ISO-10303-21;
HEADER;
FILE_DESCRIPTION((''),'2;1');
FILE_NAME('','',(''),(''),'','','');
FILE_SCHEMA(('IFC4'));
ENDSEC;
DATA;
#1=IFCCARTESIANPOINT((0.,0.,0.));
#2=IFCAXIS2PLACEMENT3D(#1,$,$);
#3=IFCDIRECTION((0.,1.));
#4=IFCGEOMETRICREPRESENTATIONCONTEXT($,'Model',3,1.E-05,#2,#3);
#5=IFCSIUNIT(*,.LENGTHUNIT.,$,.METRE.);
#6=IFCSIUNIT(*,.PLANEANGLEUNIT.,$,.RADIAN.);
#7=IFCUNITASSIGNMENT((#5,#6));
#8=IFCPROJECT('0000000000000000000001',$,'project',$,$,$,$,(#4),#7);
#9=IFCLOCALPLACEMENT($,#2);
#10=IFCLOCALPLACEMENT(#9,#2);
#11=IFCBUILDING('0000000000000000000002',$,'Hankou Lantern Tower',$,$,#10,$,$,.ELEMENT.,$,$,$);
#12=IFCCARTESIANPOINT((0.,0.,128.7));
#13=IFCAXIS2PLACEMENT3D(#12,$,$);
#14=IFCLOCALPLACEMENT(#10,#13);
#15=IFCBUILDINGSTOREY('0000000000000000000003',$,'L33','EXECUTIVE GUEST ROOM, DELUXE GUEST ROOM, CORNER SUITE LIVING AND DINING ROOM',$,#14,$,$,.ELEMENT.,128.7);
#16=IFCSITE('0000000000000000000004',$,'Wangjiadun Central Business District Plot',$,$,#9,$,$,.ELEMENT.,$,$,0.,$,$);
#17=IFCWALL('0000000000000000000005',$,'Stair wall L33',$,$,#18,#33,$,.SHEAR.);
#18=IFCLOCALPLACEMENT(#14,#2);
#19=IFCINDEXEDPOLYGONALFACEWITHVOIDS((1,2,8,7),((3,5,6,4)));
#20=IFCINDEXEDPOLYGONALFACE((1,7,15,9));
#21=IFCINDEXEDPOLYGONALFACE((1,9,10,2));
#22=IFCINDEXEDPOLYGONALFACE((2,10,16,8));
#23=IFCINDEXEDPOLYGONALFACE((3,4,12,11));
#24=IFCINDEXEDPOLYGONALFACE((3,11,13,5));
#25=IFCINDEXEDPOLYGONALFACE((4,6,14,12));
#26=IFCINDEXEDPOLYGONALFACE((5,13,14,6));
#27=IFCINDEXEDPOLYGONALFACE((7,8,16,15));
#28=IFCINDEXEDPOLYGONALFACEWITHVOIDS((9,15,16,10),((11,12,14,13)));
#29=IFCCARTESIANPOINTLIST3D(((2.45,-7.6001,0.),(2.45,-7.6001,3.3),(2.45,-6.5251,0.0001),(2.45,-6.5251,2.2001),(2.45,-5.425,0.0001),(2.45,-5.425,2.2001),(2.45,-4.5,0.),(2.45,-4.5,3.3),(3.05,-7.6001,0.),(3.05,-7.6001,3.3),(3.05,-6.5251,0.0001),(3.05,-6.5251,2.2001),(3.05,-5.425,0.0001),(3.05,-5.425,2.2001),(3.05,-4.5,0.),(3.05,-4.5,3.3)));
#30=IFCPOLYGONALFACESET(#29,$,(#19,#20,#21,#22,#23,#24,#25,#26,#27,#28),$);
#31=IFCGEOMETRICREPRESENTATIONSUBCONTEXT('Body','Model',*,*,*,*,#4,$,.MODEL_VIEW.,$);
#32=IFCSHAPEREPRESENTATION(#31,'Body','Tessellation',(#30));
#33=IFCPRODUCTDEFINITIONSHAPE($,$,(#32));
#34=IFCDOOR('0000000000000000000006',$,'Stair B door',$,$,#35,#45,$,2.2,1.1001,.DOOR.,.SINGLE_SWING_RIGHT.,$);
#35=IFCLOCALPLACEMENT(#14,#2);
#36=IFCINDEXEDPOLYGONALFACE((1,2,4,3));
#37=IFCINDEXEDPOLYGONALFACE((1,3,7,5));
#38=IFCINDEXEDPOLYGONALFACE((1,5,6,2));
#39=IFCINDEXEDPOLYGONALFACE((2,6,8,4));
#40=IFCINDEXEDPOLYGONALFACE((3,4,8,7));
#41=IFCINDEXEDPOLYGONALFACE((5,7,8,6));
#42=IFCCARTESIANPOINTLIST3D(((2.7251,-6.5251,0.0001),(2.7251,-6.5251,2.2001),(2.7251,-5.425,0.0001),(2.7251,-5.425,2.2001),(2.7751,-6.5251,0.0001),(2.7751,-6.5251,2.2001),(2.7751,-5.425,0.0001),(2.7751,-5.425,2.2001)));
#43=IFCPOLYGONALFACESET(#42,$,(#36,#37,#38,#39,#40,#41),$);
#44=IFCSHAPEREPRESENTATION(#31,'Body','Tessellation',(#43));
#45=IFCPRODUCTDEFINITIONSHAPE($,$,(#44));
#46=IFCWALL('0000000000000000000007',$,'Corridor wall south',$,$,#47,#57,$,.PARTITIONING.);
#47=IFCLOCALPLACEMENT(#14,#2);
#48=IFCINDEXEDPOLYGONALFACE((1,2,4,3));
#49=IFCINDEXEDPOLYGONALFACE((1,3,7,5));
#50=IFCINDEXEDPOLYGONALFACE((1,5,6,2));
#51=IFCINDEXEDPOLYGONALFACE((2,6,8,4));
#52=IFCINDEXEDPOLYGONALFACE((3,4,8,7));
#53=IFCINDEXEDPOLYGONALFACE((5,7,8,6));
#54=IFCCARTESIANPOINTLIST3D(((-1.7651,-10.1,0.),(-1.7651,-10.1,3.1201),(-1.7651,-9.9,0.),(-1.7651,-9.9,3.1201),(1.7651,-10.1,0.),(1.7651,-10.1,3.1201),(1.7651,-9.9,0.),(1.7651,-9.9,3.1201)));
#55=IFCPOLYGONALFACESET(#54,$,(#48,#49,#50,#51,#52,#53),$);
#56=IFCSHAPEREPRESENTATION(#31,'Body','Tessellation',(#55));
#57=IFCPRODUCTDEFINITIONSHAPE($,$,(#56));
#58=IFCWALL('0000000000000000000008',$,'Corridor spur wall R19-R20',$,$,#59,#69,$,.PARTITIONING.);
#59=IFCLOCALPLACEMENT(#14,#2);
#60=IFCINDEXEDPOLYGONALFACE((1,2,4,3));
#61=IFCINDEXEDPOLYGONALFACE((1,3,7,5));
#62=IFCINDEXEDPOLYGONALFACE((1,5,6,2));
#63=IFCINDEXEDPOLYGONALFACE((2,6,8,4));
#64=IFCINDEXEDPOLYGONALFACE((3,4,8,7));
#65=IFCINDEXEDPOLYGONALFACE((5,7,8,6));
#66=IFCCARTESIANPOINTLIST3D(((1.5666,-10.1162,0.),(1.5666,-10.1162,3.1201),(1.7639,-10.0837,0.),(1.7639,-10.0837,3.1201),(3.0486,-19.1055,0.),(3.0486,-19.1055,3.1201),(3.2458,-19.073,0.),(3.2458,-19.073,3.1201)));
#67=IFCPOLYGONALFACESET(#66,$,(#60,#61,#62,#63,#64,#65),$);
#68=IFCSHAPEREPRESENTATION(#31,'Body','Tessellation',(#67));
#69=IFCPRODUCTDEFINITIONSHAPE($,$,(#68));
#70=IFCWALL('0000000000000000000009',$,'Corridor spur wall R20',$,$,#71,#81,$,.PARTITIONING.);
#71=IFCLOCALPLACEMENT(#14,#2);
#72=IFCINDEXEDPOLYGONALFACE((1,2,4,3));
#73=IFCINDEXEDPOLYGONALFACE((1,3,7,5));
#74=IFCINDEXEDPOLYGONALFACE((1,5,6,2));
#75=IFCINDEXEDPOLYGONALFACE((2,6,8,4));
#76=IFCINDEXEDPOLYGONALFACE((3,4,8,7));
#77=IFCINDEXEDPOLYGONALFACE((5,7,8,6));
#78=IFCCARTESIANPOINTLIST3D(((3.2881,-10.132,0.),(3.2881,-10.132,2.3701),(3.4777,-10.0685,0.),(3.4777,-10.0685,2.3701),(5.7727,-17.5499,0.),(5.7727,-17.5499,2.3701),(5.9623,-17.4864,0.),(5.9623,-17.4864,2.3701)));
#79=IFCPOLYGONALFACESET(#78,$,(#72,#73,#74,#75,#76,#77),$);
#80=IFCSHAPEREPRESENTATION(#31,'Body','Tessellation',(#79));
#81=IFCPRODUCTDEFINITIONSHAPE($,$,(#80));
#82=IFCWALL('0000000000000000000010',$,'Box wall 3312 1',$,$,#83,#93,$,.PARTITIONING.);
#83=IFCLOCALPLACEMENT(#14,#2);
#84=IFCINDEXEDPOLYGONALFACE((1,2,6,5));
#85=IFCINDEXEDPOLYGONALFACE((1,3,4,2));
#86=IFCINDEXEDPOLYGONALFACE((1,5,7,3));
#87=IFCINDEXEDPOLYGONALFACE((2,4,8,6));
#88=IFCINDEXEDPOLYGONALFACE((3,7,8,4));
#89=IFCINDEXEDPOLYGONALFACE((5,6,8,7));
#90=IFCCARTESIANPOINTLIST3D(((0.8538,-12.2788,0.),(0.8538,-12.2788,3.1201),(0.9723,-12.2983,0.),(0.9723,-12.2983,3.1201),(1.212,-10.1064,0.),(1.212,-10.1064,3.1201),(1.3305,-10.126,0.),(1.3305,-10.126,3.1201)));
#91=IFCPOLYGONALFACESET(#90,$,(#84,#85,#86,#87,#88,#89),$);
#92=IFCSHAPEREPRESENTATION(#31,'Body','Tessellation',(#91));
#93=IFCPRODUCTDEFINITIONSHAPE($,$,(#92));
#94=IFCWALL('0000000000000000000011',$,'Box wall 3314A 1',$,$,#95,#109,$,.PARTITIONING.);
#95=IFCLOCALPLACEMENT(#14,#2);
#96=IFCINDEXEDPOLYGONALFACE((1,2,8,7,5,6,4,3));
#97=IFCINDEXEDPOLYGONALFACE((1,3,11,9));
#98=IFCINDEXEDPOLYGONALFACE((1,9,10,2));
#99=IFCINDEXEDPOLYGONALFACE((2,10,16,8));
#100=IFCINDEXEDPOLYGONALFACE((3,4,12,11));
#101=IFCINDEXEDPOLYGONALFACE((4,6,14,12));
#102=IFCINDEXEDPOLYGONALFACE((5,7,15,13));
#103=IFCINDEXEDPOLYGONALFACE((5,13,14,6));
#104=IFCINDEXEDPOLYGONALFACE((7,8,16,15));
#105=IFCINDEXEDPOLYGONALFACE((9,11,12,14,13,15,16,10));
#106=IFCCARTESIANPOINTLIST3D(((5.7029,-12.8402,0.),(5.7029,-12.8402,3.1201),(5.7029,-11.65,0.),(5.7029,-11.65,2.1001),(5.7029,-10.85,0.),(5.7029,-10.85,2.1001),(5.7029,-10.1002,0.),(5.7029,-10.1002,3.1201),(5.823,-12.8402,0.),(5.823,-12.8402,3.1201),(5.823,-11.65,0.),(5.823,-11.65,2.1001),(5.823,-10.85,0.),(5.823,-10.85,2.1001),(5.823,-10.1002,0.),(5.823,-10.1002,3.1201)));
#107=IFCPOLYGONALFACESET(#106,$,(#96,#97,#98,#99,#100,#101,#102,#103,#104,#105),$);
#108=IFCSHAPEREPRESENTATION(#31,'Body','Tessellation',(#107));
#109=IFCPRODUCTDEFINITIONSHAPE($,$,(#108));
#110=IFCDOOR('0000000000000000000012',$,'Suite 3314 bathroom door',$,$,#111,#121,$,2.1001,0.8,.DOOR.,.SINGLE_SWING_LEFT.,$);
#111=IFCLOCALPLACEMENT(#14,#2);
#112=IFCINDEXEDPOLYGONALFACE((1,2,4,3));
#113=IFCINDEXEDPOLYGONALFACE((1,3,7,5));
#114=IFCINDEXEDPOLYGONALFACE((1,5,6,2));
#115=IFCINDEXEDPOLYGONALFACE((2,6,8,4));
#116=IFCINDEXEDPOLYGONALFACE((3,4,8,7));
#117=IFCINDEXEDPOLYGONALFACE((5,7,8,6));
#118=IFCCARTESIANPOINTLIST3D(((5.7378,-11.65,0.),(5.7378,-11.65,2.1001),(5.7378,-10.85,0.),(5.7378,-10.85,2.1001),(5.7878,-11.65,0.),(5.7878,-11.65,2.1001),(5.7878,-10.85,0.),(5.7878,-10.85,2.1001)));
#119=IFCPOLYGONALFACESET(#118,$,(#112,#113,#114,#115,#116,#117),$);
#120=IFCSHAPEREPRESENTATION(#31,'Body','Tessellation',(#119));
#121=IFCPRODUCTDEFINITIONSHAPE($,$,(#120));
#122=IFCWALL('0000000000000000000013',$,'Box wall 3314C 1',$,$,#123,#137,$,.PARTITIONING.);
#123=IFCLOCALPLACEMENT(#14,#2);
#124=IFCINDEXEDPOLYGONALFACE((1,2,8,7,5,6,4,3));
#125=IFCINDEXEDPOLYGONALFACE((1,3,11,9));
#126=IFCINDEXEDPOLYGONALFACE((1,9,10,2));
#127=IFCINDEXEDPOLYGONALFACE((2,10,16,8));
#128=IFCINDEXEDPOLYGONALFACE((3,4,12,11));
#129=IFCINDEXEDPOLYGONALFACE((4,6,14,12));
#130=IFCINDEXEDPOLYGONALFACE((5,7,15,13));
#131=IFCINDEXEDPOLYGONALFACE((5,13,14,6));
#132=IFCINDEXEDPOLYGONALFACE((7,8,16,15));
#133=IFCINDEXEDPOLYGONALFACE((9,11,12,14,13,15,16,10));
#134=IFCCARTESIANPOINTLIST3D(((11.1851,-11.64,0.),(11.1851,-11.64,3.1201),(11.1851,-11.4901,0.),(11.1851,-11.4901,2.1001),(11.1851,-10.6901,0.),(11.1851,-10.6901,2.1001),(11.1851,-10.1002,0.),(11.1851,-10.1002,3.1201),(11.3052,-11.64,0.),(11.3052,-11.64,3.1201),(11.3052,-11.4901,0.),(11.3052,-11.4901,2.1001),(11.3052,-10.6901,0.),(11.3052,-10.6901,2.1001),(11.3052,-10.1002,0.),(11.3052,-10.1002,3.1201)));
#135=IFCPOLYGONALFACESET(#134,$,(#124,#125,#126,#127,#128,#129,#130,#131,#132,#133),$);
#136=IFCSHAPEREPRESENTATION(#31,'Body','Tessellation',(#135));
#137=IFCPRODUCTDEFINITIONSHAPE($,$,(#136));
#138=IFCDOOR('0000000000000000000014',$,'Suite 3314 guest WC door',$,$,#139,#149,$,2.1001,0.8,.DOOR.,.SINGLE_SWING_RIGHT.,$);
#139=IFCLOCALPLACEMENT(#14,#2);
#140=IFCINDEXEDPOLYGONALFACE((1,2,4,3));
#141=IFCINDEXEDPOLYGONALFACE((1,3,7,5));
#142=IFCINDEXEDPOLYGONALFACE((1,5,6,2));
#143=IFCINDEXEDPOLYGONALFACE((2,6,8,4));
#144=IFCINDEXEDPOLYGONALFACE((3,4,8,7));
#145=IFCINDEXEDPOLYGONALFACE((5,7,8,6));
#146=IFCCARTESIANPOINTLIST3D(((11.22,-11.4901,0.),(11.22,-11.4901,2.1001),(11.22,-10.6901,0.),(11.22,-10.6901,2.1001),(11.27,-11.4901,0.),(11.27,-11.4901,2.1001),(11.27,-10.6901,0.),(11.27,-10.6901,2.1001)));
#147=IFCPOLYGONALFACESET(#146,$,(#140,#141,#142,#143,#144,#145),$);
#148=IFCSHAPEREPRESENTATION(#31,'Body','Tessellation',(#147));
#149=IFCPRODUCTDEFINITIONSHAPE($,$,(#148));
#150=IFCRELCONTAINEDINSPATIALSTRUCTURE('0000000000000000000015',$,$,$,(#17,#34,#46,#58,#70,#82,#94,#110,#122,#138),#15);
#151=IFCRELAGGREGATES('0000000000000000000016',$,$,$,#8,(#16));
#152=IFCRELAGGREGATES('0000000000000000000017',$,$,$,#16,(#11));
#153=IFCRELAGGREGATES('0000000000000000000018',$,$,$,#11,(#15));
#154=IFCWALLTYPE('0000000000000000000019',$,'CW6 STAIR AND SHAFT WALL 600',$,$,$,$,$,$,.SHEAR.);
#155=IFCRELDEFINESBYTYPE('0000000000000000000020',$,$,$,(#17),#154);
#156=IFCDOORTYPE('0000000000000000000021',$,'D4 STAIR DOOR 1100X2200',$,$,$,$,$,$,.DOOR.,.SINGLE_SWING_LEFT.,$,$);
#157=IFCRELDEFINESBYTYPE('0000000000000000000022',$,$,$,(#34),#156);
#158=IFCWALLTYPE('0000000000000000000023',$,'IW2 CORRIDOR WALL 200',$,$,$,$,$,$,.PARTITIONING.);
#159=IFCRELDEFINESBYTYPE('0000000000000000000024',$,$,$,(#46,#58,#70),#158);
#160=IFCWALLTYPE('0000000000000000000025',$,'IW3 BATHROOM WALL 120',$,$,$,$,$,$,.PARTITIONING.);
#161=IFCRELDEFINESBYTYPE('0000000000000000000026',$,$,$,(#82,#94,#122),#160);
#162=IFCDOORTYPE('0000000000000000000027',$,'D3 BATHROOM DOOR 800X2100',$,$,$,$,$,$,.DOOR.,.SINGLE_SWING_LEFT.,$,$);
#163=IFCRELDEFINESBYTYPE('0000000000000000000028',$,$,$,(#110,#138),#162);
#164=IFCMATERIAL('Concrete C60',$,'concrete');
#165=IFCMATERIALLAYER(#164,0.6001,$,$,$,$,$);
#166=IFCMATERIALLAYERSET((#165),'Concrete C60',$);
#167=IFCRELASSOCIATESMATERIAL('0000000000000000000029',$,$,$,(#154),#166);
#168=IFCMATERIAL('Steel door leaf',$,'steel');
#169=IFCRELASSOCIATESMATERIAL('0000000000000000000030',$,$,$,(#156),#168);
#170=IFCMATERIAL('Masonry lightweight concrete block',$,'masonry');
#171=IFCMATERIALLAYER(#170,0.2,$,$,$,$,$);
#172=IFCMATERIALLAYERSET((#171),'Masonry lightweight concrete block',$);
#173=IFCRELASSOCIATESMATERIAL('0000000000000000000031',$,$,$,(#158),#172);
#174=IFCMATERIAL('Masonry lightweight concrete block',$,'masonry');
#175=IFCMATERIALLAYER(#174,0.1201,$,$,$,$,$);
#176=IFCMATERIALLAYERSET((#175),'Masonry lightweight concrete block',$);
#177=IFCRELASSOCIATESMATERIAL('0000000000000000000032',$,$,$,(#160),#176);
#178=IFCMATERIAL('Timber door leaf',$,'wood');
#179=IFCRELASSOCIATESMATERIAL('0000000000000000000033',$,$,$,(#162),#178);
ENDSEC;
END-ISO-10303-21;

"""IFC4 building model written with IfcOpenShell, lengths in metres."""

from ifc_helpers import new_model, si_unit, direction, frame, frame_2d, origin, place, context, subcontext, project, spatial, rectangle, extrude, material, layer, layer_set, type_object, element, fill, save


model = new_model("IFC4")

# Units and contexts
model_context = context("Model", 3, precision=1e-05, world=origin(), true_north=direction((0.0, 1.0)))
body_context = subcontext(model_context, "Body", "Model", "MODEL_VIEW")
ifc_project = project(units=[si_unit("LENGTHUNIT", "METRE"), si_unit("PLANEANGLEUNIT", "RADIAN")], contexts=[model_context])

# Site, building, storey
site_placement = place(None, origin())
site = spatial("IfcSite", under=ifc_project, at=site_placement, Name="Wangjiadun Central Business District Plot", CompositionType="ELEMENT", RefElevation=0.0)
building_placement = place(site_placement, origin())
building = spatial("IfcBuilding", under=site, at=building_placement, Name="Hankou Lantern Tower", CompositionType="ELEMENT")
storey_placement = place(building_placement, frame((0.0, 0.0, 128.7)))
storey = spatial("IfcBuildingStorey", under=building, at=storey_placement, Name="L33", Description="EXECUTIVE GUEST ROOM, DELUXE GUEST ROOM, CORNER SUITE LIVING AND DINING ROOM", CompositionType="ELEMENT", Elevation=128.7)

# Wall, opening, door
ifc_material_1 = material(Name="Concrete C60", Category="concrete")
ifc_layer_1 = layer(ifc_material_1, 0.6001)
ifc_layer_set_1 = layer_set([ifc_layer_1], Name="Concrete C60")
wall_type_1 = type_object("IfcWallType", Name="CW6 STAIR AND SHAFT WALL 600", PredefinedType="SHEAR", material=ifc_layer_set_1)
wall_1_placement = place(storey_placement, frame((2.75, -7.6001, 0.0), z_axis=(0.0, 0.0, 1.0), x_axis=(0.0, 1.0, 0.0)))
wall_1 = element("IfcWall", 1, at=wall_1_placement, inside=storey, type_object=wall_type_1, Name="Stair wall L33", PredefinedType="SHEAR", context=body_context, shape_type="SweptSolid", body=[
    extrude(rectangle(XDim=3.1001, YDim=0.6001, at=frame_2d((1.55, 0.0))), origin(), (0.0, 0.0, 1.0), 3.3),
])
opening_1_placement = place(wall_1_placement, frame((1.075, 0.0, 0.0)))
opening_1 = element("IfcOpeningElement", 2, at=opening_1_placement, cuts=wall_1, PredefinedType="OPENING", context=body_context, shape_type="SweptSolid", body=[
    extrude(rectangle(XDim=1.1001, YDim=2.2, at=frame_2d((0.55, 1.1001))), frame((0.0, 0.3101, 0.0), z_axis=(0.0, -1.0, 0.0), x_axis=(1.0, 0.0, 0.0)), (0.0, 0.0, 1.0), 0.6201),
])
ifc_material_2 = material(Name="Steel door leaf", Category="steel")
door_type_1 = type_object("IfcDoorType", Name="D4 STAIR DOOR 1100X2200", OperationType="SINGLE_SWING_LEFT", PredefinedType="DOOR", material=ifc_material_2)
door_1_placement = place(opening_1_placement, origin())
door_1 = element("IfcDoor", 3, at=door_1_placement, inside=storey, type_object=door_type_1, Name="Stair B door", OperationType="SINGLE_SWING_RIGHT", OverallHeight=2.2, OverallWidth=1.1001, PredefinedType="DOOR", context=body_context, shape_type="SweptSolid", body=[
    extrude(rectangle(XDim=1.1001, YDim=2.2, at=frame_2d((0.55, 1.1001))), frame((0.0, 0.0249, 0.0), z_axis=(0.0, -1.0, 0.0), x_axis=(1.0, 0.0, 0.0)), (0.0, 0.0, 1.0), 0.05),
])
fill(opening_1, door_1)

# Walls
ifc_material_3 = material(Name="Masonry lightweight concrete block", Category="masonry")
ifc_layer_2 = layer(ifc_material_3, 0.2)
ifc_layer_set_2 = layer_set([ifc_layer_2], Name="Masonry lightweight concrete block")
wall_type_2 = type_object("IfcWallType", Name="IW2 CORRIDOR WALL 200", PredefinedType="PARTITIONING", material=ifc_layer_set_2)
wall_2_placement = place(storey_placement, frame((1.7651, -10.0, 0.0), z_axis=(0.0, 0.0, 1.0), x_axis=(-1.0, 0.0, 0.0)))
element("IfcWall", 4, at=wall_2_placement, inside=storey, type_object=wall_type_2, Name="Corridor wall south", PredefinedType="PARTITIONING", context=body_context, shape_type="SweptSolid", body=[
    extrude(rectangle(XDim=3.5303, YDim=0.2, at=frame_2d((1.7651, 0.0))), origin(), (0.0, 0.0, 1.0), 3.1201),
])
wall_3_placement = place(storey_placement, frame((1.6653, -10.1001, 0.0), z_axis=(0.0, 0.0, 1.0), x_axis=(0.162661, -0.986682, 0.0)))
element("IfcWall", 5, at=wall_3_placement, inside=storey, type_object=wall_type_2, Name="Corridor spur wall R19-R20", PredefinedType="PARTITIONING", context=body_context, shape_type="SweptSolid", body=[
    extrude(rectangle(XDim=9.1106, YDim=0.2, at=frame_2d((4.5552, 0.0))), origin(), (0.0, 0.0, 1.0), 3.1201),
])
wall_4_placement = place(storey_placement, frame((3.3828, -10.1001, 0.0), z_axis=(0.0, 0.0, 1.0), x_axis=(0.317604, -0.948224, 0.0)))
element("IfcWall", 6, at=wall_4_placement, inside=storey, type_object=wall_type_2, Name="Corridor spur wall R20", PredefinedType="PARTITIONING", context=body_context, shape_type="SweptSolid", body=[
    extrude(rectangle(XDim=7.823, YDim=0.2, at=frame_2d((3.9116, 0.0))), origin(), (0.0, 0.0, 1.0), 2.3701),
])
ifc_material_4 = material(Name="Masonry lightweight concrete block", Category="masonry")
ifc_layer_3 = layer(ifc_material_4, 0.1201)
ifc_layer_set_3 = layer_set([ifc_layer_3], Name="Masonry lightweight concrete block")
wall_type_3 = type_object("IfcWallType", Name="IW3 BATHROOM WALL 120", PredefinedType="PARTITIONING", material=ifc_layer_set_3)
wall_5_placement = place(storey_placement, frame((1.2712, -10.1162, 0.0), z_axis=(0.0, 0.0, 1.0), x_axis=(-0.162672, -0.98668, 0.0)))
element("IfcWall", 7, at=wall_5_placement, inside=storey, type_object=wall_type_3, Name="Box wall 3312 1", PredefinedType="PARTITIONING", context=body_context, shape_type="SweptSolid", body=[
    extrude(rectangle(XDim=2.2017, YDim=0.1201, at=frame_2d((1.1008, 0.0))), origin(), (0.0, 0.0, 1.0), 3.1201),
])

# Walls, openings, doors
wall_6_placement = place(storey_placement, frame((5.7629, -10.1001, 0.0), z_axis=(0.0, 0.0, 1.0), x_axis=(0.0, -1.0, 0.0)))
wall_6 = element("IfcWall", 8, at=wall_6_placement, inside=storey, type_object=wall_type_3, Name="Box wall 3314A 1", PredefinedType="PARTITIONING", context=body_context, shape_type="SweptSolid", body=[
    extrude(rectangle(XDim=2.74, YDim=0.1201, at=frame_2d((1.3701, 0.0))), origin(), (0.0, 0.0, 1.0), 3.1201),
])
opening_2_placement = place(wall_6_placement, frame((0.75, 0.0, 0.0)))
opening_2 = element("IfcOpeningElement", 9, at=opening_2_placement, cuts=wall_6, PredefinedType="OPENING", context=body_context, shape_type="SweptSolid", body=[
    extrude(rectangle(XDim=0.8, YDim=2.1001, at=frame_2d((0.3999, 1.05))), frame((0.0, 0.0701, 0.0), z_axis=(0.0, -1.0, 0.0), x_axis=(1.0, 0.0, 0.0)), (0.0, 0.0, 1.0), 0.1401),
])
ifc_material_5 = material(Name="Timber door leaf", Category="wood")
door_type_2 = type_object("IfcDoorType", Name="D3 BATHROOM DOOR 800X2100", OperationType="SINGLE_SWING_LEFT", PredefinedType="DOOR", material=ifc_material_5)
door_2_placement = place(opening_2_placement, origin())
door_2 = element("IfcDoor", 10, at=door_2_placement, inside=storey, type_object=door_type_2, Name="Suite 3314 bathroom door", OperationType="SINGLE_SWING_LEFT", OverallHeight=2.1001, OverallWidth=0.8, PredefinedType="DOOR", context=body_context, shape_type="SweptSolid", body=[
    extrude(rectangle(XDim=0.8, YDim=2.1001, at=frame_2d((0.3999, 1.05))), frame((0.0, 0.0249, 0.0), z_axis=(0.0, -1.0, 0.0), x_axis=(1.0, 0.0, 0.0)), (0.0, 0.0, 1.0), 0.05),
])
fill(opening_2, door_2)
wall_7_placement = place(storey_placement, frame((11.2451, -10.1001, 0.0), z_axis=(0.0, 0.0, 1.0), x_axis=(0.0, -1.0, 0.0)))
wall_7 = element("IfcWall", 11, at=wall_7_placement, inside=storey, type_object=wall_type_3, Name="Box wall 3314C 1", PredefinedType="PARTITIONING", context=body_context, shape_type="SweptSolid", body=[
    extrude(rectangle(XDim=1.5398, YDim=0.1201, at=frame_2d((0.77, 0.0))), origin(), (0.0, 0.0, 1.0), 3.1201),
])
opening_3_placement = place(wall_7_placement, frame((0.5901, 0.0, 0.0)))
opening_3 = element("IfcOpeningElement", 12, at=opening_3_placement, cuts=wall_7, PredefinedType="OPENING", context=body_context, shape_type="SweptSolid", body=[
    extrude(rectangle(XDim=0.8, YDim=2.1001, at=frame_2d((0.3999, 1.05))), frame((0.0, 0.0701, 0.0), z_axis=(0.0, -1.0, 0.0), x_axis=(1.0, 0.0, 0.0)), (0.0, 0.0, 1.0), 0.1401),
])
door_3_placement = place(opening_3_placement, origin())
door_3 = element("IfcDoor", 13, at=door_3_placement, inside=storey, type_object=door_type_2, Name="Suite 3314 guest WC door", OperationType="SINGLE_SWING_RIGHT", OverallHeight=2.1001, OverallWidth=0.8, PredefinedType="DOOR", context=body_context, shape_type="SweptSolid", body=[
    extrude(rectangle(XDim=0.8, YDim=2.1001, at=frame_2d((0.3999, 1.05))), frame((0.0, 0.0249, 0.0), z_axis=(0.0, -1.0, 0.0), x_axis=(1.0, 0.0, 0.0)), (0.0, 0.0, 1.0), 0.05),
])
fill(opening_3, door_3)

save(model, "model.ifc")
